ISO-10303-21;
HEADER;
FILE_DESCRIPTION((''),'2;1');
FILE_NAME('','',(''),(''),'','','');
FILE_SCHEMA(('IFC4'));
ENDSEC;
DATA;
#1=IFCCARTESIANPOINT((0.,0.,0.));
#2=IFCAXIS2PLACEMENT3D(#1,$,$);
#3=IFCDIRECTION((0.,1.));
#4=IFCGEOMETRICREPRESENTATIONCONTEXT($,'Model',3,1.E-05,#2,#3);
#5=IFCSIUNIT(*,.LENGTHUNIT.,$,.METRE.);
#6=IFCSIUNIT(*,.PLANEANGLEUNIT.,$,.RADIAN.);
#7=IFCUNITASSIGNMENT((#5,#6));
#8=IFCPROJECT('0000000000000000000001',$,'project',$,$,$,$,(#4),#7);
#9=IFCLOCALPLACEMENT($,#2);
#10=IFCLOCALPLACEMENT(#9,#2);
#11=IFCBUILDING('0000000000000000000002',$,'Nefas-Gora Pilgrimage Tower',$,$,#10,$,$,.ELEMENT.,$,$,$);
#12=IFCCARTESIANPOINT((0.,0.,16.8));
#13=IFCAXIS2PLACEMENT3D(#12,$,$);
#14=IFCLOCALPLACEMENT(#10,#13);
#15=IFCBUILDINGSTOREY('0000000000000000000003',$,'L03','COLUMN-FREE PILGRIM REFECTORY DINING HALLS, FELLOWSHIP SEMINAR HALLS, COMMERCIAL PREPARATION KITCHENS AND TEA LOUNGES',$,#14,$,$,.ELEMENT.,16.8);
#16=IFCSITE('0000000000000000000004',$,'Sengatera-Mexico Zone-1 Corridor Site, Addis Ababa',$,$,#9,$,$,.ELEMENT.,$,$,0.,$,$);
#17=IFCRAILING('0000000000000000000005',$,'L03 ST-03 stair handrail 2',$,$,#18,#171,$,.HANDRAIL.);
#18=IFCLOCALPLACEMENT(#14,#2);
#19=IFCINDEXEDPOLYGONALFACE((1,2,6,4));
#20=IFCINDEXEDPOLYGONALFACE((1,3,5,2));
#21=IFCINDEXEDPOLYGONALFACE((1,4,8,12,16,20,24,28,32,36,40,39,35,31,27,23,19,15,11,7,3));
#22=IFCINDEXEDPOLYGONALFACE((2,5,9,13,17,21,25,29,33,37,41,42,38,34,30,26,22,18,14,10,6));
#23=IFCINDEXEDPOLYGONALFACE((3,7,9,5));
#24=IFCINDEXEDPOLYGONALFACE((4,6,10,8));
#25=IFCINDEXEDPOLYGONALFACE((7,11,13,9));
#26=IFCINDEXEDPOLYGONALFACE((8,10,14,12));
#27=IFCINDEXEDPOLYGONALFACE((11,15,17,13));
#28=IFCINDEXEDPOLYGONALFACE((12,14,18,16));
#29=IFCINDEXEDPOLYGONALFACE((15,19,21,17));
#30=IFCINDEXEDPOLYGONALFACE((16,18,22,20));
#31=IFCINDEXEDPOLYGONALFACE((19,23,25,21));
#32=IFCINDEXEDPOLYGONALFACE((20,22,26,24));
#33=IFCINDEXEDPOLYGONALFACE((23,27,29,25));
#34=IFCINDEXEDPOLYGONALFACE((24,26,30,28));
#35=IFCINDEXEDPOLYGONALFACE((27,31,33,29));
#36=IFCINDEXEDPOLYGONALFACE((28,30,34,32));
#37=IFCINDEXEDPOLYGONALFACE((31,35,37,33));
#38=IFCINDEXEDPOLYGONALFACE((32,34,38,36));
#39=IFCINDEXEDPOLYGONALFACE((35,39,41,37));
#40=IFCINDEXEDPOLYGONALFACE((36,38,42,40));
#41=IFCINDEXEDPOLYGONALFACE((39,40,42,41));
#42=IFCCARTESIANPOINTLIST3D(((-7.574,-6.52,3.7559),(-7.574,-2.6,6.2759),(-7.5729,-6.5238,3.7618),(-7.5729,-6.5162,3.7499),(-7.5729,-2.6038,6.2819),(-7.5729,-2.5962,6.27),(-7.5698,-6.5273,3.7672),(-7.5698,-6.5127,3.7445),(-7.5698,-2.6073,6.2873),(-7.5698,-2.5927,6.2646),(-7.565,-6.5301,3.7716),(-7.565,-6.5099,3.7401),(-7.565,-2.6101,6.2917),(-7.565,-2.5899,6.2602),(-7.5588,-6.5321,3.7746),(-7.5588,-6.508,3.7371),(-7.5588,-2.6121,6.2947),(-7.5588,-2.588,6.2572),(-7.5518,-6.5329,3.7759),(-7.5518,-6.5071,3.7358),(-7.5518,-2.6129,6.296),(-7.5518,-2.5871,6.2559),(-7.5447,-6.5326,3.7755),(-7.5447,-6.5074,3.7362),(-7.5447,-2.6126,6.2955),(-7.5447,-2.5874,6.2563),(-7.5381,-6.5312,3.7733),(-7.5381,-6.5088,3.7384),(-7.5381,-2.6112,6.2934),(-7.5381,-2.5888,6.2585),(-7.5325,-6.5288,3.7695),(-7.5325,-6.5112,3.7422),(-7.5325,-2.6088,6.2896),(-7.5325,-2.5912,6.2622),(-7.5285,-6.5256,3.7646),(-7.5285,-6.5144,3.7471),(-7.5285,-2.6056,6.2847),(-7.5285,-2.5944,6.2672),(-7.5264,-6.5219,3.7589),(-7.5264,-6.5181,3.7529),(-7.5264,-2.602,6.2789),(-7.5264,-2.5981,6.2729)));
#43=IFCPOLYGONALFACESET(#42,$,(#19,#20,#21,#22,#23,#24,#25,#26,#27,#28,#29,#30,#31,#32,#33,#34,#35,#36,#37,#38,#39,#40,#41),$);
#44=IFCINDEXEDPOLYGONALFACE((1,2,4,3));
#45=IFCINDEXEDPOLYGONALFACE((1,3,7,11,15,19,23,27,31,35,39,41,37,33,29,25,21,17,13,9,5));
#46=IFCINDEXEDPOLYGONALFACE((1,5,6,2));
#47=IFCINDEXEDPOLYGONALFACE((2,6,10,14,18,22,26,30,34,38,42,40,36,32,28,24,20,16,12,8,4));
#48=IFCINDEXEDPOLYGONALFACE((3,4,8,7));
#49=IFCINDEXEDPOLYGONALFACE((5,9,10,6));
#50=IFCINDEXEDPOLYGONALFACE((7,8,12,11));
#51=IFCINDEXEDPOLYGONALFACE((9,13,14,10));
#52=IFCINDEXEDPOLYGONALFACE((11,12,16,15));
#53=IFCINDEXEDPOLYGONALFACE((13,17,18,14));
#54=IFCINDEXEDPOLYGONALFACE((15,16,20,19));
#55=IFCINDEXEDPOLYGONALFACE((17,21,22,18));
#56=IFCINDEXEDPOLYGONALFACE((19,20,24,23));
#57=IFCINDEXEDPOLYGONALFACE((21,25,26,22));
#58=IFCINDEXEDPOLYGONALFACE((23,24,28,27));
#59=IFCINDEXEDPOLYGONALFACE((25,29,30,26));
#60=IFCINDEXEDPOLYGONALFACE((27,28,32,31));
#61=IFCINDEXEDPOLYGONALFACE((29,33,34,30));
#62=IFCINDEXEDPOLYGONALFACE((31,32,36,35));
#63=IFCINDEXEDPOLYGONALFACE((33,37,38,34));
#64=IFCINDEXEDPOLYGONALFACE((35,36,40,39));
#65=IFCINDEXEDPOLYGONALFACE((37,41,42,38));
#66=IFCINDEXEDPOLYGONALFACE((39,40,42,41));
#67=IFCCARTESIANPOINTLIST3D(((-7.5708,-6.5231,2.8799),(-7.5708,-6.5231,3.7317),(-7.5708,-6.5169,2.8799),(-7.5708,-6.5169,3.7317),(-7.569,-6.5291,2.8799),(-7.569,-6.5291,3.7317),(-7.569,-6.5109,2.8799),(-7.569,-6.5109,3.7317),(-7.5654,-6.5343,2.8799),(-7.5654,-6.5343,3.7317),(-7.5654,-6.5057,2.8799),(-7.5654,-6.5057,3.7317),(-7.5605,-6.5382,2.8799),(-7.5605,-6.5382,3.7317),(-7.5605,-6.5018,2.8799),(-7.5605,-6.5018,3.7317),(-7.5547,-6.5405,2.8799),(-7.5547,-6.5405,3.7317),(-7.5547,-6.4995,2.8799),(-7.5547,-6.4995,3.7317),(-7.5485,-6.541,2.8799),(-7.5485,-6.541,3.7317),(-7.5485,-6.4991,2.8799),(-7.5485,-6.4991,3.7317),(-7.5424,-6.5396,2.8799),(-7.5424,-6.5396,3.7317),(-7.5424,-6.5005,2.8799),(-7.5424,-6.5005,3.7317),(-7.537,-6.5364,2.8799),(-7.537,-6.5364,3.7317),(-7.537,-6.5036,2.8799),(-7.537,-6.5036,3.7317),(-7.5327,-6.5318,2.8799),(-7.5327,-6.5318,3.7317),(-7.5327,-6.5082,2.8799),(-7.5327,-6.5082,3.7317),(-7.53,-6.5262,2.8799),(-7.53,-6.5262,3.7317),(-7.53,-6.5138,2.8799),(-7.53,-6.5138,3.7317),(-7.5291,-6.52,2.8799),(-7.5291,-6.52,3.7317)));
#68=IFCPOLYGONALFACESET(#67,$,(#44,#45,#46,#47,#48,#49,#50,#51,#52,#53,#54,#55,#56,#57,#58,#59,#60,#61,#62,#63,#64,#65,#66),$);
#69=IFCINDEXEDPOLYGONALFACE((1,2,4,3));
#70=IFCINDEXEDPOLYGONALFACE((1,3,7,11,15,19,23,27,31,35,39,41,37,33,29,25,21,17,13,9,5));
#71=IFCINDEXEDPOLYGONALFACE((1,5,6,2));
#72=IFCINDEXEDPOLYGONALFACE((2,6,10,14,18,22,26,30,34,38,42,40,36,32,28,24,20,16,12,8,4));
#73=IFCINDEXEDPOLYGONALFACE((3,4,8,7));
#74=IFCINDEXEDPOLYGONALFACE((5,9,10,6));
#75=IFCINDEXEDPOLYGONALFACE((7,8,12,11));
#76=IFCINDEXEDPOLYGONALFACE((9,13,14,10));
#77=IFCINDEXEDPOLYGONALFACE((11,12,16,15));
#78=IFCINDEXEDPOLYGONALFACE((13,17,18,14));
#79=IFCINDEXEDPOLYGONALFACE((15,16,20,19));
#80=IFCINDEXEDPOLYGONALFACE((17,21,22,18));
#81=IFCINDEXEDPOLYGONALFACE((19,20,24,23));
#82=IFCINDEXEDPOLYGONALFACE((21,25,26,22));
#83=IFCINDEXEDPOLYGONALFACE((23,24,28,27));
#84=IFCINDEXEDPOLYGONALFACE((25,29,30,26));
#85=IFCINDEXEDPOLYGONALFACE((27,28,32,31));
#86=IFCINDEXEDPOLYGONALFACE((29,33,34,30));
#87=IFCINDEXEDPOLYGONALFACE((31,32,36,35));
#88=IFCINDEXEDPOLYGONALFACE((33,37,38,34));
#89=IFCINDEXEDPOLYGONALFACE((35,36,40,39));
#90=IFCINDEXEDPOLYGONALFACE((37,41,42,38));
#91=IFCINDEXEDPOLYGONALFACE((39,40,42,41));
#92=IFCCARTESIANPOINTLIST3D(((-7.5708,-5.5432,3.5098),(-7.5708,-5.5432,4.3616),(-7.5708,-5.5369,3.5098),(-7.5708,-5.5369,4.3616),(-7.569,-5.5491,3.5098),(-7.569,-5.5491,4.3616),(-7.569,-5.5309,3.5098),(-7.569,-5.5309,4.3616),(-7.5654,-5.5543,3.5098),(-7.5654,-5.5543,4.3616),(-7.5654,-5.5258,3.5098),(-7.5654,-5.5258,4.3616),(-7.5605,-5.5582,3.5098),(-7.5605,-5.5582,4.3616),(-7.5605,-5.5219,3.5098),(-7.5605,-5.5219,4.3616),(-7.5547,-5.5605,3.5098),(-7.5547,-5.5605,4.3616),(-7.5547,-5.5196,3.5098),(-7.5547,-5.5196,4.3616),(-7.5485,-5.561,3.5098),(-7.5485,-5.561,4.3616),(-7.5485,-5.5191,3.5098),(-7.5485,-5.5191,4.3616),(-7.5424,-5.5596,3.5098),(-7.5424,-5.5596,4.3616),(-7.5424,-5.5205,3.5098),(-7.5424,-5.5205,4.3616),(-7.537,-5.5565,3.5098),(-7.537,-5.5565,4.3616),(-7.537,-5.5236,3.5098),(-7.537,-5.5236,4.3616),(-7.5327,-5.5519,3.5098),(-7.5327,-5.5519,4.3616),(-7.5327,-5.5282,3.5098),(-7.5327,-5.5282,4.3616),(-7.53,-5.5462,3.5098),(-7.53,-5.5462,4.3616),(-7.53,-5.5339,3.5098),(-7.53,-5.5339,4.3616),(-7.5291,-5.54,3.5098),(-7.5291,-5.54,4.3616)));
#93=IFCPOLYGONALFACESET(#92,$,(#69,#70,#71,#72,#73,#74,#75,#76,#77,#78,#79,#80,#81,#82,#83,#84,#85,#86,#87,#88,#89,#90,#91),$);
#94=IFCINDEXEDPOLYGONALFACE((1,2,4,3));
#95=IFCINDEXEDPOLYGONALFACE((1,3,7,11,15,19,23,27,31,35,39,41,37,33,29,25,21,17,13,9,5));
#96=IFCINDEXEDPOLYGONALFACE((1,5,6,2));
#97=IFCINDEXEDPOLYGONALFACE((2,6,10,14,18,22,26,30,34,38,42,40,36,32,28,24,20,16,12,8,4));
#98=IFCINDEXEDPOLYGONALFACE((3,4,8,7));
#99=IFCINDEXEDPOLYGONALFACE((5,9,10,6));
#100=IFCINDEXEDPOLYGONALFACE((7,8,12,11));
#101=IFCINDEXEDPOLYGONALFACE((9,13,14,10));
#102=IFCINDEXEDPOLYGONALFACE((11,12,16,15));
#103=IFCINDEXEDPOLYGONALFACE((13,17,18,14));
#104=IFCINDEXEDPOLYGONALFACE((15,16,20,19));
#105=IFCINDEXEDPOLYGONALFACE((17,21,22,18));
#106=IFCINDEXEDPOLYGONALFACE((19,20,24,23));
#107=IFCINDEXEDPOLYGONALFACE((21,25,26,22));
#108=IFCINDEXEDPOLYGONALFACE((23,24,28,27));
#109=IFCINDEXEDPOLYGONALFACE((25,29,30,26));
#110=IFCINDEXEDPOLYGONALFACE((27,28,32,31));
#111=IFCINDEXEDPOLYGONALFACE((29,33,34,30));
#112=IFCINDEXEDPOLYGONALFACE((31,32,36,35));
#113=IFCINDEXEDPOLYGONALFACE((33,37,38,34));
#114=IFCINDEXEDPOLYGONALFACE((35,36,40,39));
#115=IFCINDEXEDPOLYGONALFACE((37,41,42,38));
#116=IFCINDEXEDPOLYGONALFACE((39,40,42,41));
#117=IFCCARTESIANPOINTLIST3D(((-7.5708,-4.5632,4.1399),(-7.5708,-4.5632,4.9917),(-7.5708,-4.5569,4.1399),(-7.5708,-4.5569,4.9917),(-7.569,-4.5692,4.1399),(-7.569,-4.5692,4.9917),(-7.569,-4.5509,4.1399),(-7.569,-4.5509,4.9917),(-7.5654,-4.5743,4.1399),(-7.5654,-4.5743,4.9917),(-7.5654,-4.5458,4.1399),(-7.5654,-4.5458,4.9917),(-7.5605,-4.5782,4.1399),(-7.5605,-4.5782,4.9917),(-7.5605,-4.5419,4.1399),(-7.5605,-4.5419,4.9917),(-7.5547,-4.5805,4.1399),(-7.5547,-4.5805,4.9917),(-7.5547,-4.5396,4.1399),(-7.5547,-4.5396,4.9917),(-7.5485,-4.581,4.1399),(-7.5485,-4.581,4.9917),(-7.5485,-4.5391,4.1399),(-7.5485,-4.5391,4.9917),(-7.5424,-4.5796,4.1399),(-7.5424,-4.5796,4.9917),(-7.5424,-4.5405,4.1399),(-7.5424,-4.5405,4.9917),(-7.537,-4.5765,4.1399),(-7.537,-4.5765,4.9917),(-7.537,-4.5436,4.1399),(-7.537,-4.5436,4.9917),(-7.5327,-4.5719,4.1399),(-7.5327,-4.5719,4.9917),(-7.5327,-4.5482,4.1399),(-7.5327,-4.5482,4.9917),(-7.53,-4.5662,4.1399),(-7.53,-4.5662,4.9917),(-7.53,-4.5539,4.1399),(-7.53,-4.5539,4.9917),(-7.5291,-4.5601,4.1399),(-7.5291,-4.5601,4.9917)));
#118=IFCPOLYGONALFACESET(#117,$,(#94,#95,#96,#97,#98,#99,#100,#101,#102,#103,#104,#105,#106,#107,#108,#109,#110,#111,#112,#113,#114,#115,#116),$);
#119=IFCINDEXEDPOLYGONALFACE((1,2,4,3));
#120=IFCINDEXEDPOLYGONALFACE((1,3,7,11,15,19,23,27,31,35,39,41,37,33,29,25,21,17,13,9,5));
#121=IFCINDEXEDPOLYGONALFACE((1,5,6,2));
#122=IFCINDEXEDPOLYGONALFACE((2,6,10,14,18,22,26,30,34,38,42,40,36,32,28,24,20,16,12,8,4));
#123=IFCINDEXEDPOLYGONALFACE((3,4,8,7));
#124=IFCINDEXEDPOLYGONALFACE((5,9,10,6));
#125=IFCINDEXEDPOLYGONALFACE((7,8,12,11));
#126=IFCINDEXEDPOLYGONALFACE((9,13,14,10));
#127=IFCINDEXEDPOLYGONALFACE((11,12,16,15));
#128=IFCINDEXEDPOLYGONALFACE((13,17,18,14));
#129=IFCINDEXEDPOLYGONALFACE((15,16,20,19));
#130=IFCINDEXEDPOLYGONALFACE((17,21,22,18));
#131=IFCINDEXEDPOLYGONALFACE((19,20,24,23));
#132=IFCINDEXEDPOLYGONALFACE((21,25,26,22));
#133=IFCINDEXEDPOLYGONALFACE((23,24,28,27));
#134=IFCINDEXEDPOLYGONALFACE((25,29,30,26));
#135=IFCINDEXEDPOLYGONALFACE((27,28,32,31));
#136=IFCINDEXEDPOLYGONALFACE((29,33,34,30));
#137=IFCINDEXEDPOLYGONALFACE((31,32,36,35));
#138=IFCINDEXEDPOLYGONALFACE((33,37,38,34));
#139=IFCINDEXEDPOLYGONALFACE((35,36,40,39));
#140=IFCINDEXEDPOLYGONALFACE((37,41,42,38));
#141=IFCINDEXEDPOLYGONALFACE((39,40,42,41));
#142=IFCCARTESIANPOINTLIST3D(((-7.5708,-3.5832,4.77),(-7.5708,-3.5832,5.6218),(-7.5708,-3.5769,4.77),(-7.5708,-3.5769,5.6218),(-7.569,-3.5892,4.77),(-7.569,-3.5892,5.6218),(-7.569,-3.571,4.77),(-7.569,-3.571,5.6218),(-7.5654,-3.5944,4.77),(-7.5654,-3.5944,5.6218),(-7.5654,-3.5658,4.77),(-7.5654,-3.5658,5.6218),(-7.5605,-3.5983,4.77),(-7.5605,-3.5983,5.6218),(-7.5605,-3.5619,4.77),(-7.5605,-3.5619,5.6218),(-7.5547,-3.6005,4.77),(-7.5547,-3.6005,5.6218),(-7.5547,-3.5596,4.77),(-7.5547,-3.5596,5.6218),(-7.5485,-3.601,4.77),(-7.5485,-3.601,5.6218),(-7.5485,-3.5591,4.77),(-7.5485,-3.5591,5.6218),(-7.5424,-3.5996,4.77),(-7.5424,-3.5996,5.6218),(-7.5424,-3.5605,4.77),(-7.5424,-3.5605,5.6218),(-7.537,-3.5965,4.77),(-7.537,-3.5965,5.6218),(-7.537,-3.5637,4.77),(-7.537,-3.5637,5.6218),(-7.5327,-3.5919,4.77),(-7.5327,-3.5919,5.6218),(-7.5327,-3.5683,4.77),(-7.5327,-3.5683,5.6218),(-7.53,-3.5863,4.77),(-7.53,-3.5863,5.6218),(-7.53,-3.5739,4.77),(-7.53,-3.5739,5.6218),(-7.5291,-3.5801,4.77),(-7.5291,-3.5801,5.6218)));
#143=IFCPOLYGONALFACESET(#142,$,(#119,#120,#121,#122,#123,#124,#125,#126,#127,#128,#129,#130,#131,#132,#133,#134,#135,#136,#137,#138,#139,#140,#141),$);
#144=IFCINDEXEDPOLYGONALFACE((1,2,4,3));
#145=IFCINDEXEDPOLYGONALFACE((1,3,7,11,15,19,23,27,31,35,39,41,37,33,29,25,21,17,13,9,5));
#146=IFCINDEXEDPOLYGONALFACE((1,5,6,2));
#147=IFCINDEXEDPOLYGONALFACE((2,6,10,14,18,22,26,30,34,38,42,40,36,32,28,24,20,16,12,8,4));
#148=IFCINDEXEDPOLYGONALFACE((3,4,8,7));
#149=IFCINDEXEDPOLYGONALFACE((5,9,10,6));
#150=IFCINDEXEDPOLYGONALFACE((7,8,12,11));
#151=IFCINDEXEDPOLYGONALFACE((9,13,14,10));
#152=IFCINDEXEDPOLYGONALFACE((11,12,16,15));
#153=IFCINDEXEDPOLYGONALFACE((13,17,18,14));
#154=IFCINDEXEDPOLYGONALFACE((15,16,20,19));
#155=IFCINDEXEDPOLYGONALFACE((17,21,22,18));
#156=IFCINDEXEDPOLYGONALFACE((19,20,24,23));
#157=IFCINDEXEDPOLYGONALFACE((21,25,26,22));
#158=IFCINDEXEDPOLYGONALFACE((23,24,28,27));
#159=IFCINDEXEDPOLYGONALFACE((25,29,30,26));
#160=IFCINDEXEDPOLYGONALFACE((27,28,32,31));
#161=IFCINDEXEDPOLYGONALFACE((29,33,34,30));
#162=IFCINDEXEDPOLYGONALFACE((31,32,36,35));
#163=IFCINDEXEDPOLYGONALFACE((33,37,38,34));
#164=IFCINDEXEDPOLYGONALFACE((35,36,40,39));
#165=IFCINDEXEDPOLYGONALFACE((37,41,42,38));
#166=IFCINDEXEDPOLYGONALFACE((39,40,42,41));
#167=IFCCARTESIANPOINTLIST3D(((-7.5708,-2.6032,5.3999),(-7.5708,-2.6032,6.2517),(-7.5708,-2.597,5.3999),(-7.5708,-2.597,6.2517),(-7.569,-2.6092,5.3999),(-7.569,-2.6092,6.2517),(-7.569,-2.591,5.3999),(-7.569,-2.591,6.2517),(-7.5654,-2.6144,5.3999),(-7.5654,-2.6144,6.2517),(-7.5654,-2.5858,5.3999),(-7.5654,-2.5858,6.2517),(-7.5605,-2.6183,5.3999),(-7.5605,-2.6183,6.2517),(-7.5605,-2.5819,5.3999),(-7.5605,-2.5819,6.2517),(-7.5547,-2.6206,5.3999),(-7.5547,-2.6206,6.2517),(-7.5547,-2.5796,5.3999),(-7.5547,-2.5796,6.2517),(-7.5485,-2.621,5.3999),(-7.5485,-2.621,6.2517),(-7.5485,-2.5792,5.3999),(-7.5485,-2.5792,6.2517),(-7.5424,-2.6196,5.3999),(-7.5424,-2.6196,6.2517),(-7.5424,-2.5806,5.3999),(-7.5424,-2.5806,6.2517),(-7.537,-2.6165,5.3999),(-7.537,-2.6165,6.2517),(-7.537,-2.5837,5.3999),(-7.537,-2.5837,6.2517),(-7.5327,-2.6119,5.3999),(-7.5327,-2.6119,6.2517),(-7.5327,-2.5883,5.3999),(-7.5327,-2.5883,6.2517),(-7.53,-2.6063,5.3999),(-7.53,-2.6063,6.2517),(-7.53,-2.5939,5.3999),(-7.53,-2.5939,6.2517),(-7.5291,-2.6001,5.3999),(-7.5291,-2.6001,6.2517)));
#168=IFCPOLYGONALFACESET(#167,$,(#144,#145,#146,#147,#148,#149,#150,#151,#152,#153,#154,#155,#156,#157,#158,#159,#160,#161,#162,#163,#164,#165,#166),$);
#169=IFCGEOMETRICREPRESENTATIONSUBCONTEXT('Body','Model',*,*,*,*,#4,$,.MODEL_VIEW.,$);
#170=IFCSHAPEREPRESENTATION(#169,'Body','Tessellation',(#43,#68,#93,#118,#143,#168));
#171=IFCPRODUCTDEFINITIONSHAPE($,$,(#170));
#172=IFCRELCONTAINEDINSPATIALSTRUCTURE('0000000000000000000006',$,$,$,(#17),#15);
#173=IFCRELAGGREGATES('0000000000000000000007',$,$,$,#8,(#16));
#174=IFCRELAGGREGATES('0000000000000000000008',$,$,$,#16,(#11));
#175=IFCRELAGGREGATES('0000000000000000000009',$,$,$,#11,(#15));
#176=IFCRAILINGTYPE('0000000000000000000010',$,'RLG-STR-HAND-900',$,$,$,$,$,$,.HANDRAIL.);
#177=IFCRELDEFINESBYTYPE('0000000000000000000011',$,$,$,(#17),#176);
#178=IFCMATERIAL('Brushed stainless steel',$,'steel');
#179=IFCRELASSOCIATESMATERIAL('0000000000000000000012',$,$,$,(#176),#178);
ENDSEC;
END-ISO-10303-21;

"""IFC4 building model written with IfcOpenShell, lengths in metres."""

from ifc_helpers import new_model, si_unit, direction, frame, origin, origin_2d, place, context, subcontext, project, spatial, circle, extrude, material, type_object, element, save


model = new_model("IFC4")

# Units and contexts
model_context = context("Model", 3, precision=1e-05, world=origin(), true_north=direction((0.0, 1.0)))
body_context = subcontext(model_context, "Body", "Model", "MODEL_VIEW")
ifc_project = project(units=[si_unit("LENGTHUNIT", "METRE"), si_unit("PLANEANGLEUNIT", "RADIAN")], contexts=[model_context])

# Site, building, storey
site_placement = place(None, origin())
site = spatial("IfcSite", under=ifc_project, at=site_placement, Name="Sengatera-Mexico Zone-1 Corridor Site, Addis Ababa", CompositionType="ELEMENT", RefElevation=0.0)
building_placement = place(site_placement, origin())
building = spatial("IfcBuilding", under=site, at=building_placement, Name="Nefas-Gora Pilgrimage Tower", CompositionType="ELEMENT")
storey_placement = place(building_placement, frame((0.0, 0.0, 16.8)))
storey = spatial("IfcBuildingStorey", under=building, at=storey_placement, Name="L03", Description="COLUMN-FREE PILGRIM REFECTORY DINING HALLS, FELLOWSHIP SEMINAR HALLS, COMMERCIAL PREPARATION KITCHENS AND TEA LOUNGES", CompositionType="ELEMENT", Elevation=16.8)

# Railing
ifc_material_1 = material(Name="Brushed stainless steel", Category="steel")
railing_type_1 = type_object("IfcRailingType", Name="RLG-STR-HAND-900", PredefinedType="HANDRAIL", material=ifc_material_1)
railing_1_placement = place(storey_placement, frame((-7.55, -6.52, 2.8799)))
element("IfcRailing", 1, at=railing_1_placement, inside=storey, type_object=railing_type_1, Name="L03 ST-03 stair handrail 2", PredefinedType="HANDRAIL", context=body_context, shape_type="SweptSolid", body=[
    extrude(circle(Radius=0.0239, at=origin_2d()), frame((0.0, 0.0, 0.876), z_axis=(0.0, 0.841172, 0.540768), x_axis=(-1.0, 0.0, 0.0)), (0.0, 0.0, 1.0), 4.6602),
    extrude(circle(Radius=0.021, at=origin_2d()), origin(), (0.0, 0.0, 1.0), 0.8518),
    extrude(circle(Radius=0.021, at=origin_2d()), frame((0.0, 0.98, 0.6299)), (0.0, 0.0, 1.0), 0.8518),
    extrude(circle(Radius=0.021, at=origin_2d()), frame((0.0, 1.96, 1.26)), (0.0, 0.0, 1.0), 0.8518),
    extrude(circle(Radius=0.021, at=origin_2d()), frame((0.0, 2.9399, 1.8901)), (0.0, 0.0, 1.0), 0.8518),
    extrude(circle(Radius=0.021, at=origin_2d()), frame((0.0, 3.9199, 2.52)), (0.0, 0.0, 1.0), 0.8518),
])

save(model, "model.ifc")
